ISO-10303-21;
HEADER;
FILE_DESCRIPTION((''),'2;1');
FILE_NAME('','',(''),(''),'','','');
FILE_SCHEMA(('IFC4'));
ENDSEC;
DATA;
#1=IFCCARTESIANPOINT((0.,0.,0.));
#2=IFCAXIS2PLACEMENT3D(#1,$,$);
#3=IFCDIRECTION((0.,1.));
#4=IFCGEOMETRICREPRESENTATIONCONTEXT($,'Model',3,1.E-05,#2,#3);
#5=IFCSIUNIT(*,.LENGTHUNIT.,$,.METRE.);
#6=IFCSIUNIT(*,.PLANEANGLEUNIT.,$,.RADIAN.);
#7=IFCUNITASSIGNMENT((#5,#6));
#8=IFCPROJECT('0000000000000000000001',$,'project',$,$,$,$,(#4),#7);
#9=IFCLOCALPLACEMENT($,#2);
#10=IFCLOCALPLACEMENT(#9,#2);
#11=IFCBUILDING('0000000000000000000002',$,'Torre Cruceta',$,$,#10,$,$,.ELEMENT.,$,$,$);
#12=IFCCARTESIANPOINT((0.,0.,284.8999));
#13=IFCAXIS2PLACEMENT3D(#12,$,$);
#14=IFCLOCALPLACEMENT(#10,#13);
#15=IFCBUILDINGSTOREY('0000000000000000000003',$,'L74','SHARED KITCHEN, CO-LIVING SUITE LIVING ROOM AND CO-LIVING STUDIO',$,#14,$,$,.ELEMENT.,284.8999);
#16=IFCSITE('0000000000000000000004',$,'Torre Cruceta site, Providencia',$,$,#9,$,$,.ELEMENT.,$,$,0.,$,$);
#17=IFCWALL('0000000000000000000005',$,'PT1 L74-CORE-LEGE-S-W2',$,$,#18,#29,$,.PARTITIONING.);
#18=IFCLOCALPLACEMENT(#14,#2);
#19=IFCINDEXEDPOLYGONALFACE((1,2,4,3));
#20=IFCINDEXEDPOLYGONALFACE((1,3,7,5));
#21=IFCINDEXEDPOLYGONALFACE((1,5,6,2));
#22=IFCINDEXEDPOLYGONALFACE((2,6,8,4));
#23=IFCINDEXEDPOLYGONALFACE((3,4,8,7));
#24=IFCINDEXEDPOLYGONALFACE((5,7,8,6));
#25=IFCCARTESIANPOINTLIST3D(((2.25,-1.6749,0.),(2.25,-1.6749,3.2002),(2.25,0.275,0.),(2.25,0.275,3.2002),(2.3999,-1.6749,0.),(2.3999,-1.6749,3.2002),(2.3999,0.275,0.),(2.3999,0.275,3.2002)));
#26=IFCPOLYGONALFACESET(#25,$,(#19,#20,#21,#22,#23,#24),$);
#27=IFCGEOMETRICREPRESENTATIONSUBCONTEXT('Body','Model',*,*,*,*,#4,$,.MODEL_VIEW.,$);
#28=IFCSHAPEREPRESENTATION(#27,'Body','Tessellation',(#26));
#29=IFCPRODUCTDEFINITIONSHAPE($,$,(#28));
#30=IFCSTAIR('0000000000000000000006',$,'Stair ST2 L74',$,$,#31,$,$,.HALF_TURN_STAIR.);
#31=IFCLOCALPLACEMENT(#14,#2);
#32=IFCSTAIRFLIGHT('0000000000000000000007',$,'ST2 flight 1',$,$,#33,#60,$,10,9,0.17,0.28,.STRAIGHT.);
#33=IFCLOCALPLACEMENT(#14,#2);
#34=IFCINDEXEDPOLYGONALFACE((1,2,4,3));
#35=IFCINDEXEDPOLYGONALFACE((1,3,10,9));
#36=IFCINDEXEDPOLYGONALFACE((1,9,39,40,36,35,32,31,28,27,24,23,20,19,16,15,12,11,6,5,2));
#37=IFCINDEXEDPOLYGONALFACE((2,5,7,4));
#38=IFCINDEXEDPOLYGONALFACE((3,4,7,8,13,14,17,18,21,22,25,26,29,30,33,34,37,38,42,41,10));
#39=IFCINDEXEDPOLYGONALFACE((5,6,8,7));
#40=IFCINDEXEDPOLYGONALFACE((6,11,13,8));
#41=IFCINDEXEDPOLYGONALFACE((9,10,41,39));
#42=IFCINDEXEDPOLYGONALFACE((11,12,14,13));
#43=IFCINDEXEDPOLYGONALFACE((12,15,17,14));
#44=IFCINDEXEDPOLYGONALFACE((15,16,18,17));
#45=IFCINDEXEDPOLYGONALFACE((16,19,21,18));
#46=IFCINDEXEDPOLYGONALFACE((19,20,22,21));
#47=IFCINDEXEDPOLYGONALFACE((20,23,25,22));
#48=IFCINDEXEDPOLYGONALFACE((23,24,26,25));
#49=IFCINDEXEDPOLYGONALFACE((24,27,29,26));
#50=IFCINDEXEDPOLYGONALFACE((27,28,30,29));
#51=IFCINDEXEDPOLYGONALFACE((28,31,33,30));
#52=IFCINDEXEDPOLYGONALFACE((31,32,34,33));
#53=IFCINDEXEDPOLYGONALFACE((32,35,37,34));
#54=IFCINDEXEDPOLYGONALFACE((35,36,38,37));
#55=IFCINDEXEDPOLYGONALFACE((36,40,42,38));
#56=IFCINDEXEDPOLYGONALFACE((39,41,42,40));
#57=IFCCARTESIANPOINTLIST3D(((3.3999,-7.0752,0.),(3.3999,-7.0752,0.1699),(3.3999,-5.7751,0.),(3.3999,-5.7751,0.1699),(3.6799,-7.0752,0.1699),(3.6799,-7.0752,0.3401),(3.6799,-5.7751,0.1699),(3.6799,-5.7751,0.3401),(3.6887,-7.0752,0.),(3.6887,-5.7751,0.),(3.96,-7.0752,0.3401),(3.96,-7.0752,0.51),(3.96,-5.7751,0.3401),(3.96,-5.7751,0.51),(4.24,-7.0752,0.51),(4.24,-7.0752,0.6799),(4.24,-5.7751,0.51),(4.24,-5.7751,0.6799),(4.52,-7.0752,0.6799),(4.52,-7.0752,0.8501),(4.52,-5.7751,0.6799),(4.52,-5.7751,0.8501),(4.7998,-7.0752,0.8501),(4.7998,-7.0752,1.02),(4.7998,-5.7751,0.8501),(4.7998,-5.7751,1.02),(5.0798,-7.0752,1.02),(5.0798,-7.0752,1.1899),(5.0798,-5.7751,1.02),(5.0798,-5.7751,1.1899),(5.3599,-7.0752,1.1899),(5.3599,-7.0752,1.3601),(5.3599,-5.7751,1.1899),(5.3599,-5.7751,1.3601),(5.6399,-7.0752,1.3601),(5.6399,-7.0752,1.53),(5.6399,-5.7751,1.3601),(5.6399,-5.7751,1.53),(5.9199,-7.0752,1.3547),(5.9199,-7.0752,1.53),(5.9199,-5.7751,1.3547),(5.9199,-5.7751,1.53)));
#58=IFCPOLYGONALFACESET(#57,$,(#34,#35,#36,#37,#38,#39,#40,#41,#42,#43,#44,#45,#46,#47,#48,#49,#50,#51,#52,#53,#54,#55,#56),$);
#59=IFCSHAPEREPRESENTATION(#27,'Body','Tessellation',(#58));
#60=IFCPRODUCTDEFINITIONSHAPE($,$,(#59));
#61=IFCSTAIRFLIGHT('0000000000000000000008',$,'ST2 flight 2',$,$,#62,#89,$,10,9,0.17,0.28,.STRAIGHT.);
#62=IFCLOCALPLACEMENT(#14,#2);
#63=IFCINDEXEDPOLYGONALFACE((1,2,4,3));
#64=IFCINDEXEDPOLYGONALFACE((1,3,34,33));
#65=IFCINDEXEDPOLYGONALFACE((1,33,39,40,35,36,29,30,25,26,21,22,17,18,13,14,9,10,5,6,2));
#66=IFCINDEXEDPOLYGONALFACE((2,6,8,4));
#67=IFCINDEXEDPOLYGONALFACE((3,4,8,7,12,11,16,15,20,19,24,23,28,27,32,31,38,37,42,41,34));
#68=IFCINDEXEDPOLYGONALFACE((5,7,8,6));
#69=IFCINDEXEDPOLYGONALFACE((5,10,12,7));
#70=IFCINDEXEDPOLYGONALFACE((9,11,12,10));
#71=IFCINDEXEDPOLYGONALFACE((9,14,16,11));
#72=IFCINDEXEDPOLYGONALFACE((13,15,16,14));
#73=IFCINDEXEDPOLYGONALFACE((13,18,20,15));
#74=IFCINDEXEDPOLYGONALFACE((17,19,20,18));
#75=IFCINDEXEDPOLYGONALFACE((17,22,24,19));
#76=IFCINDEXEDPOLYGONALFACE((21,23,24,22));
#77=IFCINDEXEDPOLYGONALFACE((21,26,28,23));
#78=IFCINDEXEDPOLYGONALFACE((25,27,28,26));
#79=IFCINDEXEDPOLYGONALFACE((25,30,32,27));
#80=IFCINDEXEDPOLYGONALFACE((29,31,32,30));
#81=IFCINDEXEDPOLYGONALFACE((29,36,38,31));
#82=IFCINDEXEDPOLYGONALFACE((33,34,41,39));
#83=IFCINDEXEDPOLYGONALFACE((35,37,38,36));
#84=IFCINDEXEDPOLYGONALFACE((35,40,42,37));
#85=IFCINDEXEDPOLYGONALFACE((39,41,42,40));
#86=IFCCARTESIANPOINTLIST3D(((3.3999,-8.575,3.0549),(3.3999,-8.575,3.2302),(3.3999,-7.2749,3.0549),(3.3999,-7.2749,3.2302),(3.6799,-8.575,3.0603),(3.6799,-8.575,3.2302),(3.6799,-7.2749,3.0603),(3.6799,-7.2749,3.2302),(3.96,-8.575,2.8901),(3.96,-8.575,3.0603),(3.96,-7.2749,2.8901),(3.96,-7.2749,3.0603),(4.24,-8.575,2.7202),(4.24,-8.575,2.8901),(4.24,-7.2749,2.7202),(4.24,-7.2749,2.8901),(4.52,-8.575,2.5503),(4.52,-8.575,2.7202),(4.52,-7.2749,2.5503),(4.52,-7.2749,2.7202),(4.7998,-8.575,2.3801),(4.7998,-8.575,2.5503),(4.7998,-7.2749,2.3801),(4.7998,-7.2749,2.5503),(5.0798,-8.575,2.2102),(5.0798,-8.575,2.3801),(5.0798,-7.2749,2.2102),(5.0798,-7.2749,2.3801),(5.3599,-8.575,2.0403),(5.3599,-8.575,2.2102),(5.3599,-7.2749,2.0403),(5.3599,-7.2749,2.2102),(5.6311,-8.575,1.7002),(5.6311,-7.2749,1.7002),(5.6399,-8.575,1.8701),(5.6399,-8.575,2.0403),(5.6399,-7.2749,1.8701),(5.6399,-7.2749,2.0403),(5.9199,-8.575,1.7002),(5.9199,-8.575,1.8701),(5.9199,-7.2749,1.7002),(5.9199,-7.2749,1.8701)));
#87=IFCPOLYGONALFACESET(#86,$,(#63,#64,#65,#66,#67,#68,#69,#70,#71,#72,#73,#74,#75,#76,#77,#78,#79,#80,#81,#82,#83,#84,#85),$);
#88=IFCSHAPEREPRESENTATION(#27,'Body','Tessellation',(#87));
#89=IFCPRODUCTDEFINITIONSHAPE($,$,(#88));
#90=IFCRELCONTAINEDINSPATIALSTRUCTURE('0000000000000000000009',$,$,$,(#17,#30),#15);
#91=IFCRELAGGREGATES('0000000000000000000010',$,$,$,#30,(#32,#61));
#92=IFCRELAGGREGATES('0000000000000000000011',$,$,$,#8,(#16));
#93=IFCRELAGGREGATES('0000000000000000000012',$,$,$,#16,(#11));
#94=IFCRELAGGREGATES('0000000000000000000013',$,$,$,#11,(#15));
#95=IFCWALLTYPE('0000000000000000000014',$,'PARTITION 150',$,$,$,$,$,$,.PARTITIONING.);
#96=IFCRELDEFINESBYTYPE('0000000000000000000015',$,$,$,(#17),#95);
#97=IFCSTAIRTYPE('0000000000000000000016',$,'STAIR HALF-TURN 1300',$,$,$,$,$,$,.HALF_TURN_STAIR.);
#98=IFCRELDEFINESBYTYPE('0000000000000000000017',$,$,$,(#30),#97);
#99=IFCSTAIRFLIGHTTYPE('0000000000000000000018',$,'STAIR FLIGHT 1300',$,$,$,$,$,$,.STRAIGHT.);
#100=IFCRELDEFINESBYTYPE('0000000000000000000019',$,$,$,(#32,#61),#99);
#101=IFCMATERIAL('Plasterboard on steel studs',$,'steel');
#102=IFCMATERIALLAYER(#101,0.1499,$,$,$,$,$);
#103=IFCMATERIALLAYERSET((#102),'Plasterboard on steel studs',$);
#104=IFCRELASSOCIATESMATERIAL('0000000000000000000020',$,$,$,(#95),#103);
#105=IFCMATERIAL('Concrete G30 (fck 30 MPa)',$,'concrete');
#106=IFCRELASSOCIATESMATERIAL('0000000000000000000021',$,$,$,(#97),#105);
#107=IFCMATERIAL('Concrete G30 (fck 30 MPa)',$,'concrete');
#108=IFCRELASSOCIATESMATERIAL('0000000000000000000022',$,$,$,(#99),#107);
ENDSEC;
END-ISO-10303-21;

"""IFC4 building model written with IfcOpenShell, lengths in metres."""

from ifc_helpers import new_model, si_unit, direction, frame, frame_2d, origin, place, context, subcontext, project, spatial, polyline, rectangle, outline, extrude, material, layer, layer_set, type_object, element, aggregate, save


model = new_model("IFC4")

# Units and contexts
model_context = context("Model", 3, precision=1e-05, world=origin(), true_north=direction((0.0, 1.0)))
body_context = subcontext(model_context, "Body", "Model", "MODEL_VIEW")
ifc_project = project(units=[si_unit("LENGTHUNIT", "METRE"), si_unit("PLANEANGLEUNIT", "RADIAN")], contexts=[model_context])

# Site, building, storey
site_placement = place(None, origin())
site = spatial("IfcSite", under=ifc_project, at=site_placement, Name="Torre Cruceta site, Providencia", CompositionType="ELEMENT", RefElevation=0.0)
building_placement = place(site_placement, origin())
building = spatial("IfcBuilding", under=site, at=building_placement, Name="Torre Cruceta", CompositionType="ELEMENT")
storey_placement = place(building_placement, frame((0.0, 0.0, 284.8999)))
storey = spatial("IfcBuildingStorey", under=building, at=storey_placement, Name="L74", Description="SHARED KITCHEN, CO-LIVING SUITE LIVING ROOM AND CO-LIVING STUDIO", CompositionType="ELEMENT", Elevation=284.8999)

# Wall
ifc_material_1 = material(Name="Plasterboard on steel studs", Category="steel")
ifc_layer_1 = layer(ifc_material_1, 0.1499)
ifc_layer_set_1 = layer_set([ifc_layer_1], Name="Plasterboard on steel studs")
wall_type_1 = type_object("IfcWallType", Name="PARTITION 150", PredefinedType="PARTITIONING", material=ifc_layer_set_1)
wall_1_placement = place(storey_placement, frame((2.325, -1.675, 0.0), z_axis=(0.0, 0.0, 1.0), x_axis=(0.0, 1.0, 0.0)))
element("IfcWall", 1, at=wall_1_placement, inside=storey, type_object=wall_type_1, Name="PT1 L74-CORE-LEGE-S-W2", PredefinedType="PARTITIONING", context=body_context, shape_type="SweptSolid", body=[
    extrude(rectangle(XDim=1.95, YDim=0.1499, at=frame_2d((0.9751, 0.0))), origin(), (0.0, 0.0, 1.0), 3.2002),
])

# Stair, stair flights
ifc_material_2 = material(Name="Concrete G30 (fck 30 MPa)", Category="concrete")
stair_type = type_object("IfcStairType", Name="STAIR HALF-TURN 1300", PredefinedType="HALF_TURN_STAIR", material=ifc_material_2)
stair_placement = place(storey_placement, origin())
stair = element("IfcStair", 2, at=stair_placement, inside=storey, type_object=stair_type, Name="Stair ST2 L74", PredefinedType="HALF_TURN_STAIR")
ifc_material_3 = material(Name="Concrete G30 (fck 30 MPa)", Category="concrete")
stair_flight_type = type_object("IfcStairFlightType", Name="STAIR FLIGHT 1300", PredefinedType="STRAIGHT", material=ifc_material_3)
stair_flight_1_placement = place(storey_placement, frame((3.3999, -6.425, 0.0), z_axis=(0.0, 0.0, 1.0), x_axis=(1.0, 0.0, 0.0)))
stair_flight_1 = element("IfcStairFlight", 3, at=stair_flight_1_placement, type_object=stair_flight_type, Name="ST2 flight 1", NumberOfRisers=10, NumberOfTreads=9, PredefinedType="STRAIGHT", RiserHeight=0.17, TreadLength=0.28, context=body_context, shape_type="SweptSolid", body=[
    extrude(outline(polyline([(0.0, 0.0), (0.0, 0.1699), (0.28, 0.1699), (0.28, 0.3401), (0.5601, 0.3401), (0.5601, 0.51), (0.8401, 0.51), (0.8401, 0.6799), (1.1201, 0.6799), (1.1201, 0.8501), (1.3999, 0.8501), (1.3999, 1.02), (1.6799, 1.02), (1.6799, 1.1899), (1.96, 1.1899), (1.96, 1.3601), (2.24, 1.3601), (2.24, 1.53), (2.52, 1.53), (2.52, 1.7), (2.52, 1.3547), (0.2888, 0.0), (0.0, 0.0)])), frame((0.0, 0.6499, 0.0), z_axis=(0.0, -1.0, 0.0), x_axis=(1.0, 0.0, 0.0)), (0.0, 0.0, 1.0), 1.3),
])
stair_flight_2_placement = place(storey_placement, frame((5.9199, -7.925, 1.7002), z_axis=(0.0, 0.0, 1.0), x_axis=(-1.0, 0.0, 0.0)))
stair_flight_2 = element("IfcStairFlight", 4, at=stair_flight_2_placement, type_object=stair_flight_type, Name="ST2 flight 2", NumberOfRisers=10, NumberOfTreads=9, PredefinedType="STRAIGHT", RiserHeight=0.17, TreadLength=0.28, context=body_context, shape_type="SweptSolid", body=[
    extrude(outline(polyline([(0.0, 0.0), (0.0, 0.1699), (0.28, 0.1699), (0.28, 0.3401), (0.5601, 0.3401), (0.5601, 0.51), (0.8401, 0.51), (0.8401, 0.6799), (1.1201, 0.6799), (1.1201, 0.8501), (1.3999, 0.8501), (1.3999, 1.02), (1.6799, 1.02), (1.6799, 1.1899), (1.96, 1.1899), (1.96, 1.3601), (2.24, 1.3601), (2.24, 1.53), (2.52, 1.53), (2.52, 1.7), (2.52, 1.3547), (0.2888, 0.0), (0.0, 0.0)])), frame((0.0, 0.6499, 0.0), z_axis=(0.0, -1.0, 0.0), x_axis=(1.0, 0.0, 0.0)), (0.0, 0.0, 1.0), 1.3),
])
aggregate(stair, [stair_flight_1, stair_flight_2])

save(model, "model.ifc")
